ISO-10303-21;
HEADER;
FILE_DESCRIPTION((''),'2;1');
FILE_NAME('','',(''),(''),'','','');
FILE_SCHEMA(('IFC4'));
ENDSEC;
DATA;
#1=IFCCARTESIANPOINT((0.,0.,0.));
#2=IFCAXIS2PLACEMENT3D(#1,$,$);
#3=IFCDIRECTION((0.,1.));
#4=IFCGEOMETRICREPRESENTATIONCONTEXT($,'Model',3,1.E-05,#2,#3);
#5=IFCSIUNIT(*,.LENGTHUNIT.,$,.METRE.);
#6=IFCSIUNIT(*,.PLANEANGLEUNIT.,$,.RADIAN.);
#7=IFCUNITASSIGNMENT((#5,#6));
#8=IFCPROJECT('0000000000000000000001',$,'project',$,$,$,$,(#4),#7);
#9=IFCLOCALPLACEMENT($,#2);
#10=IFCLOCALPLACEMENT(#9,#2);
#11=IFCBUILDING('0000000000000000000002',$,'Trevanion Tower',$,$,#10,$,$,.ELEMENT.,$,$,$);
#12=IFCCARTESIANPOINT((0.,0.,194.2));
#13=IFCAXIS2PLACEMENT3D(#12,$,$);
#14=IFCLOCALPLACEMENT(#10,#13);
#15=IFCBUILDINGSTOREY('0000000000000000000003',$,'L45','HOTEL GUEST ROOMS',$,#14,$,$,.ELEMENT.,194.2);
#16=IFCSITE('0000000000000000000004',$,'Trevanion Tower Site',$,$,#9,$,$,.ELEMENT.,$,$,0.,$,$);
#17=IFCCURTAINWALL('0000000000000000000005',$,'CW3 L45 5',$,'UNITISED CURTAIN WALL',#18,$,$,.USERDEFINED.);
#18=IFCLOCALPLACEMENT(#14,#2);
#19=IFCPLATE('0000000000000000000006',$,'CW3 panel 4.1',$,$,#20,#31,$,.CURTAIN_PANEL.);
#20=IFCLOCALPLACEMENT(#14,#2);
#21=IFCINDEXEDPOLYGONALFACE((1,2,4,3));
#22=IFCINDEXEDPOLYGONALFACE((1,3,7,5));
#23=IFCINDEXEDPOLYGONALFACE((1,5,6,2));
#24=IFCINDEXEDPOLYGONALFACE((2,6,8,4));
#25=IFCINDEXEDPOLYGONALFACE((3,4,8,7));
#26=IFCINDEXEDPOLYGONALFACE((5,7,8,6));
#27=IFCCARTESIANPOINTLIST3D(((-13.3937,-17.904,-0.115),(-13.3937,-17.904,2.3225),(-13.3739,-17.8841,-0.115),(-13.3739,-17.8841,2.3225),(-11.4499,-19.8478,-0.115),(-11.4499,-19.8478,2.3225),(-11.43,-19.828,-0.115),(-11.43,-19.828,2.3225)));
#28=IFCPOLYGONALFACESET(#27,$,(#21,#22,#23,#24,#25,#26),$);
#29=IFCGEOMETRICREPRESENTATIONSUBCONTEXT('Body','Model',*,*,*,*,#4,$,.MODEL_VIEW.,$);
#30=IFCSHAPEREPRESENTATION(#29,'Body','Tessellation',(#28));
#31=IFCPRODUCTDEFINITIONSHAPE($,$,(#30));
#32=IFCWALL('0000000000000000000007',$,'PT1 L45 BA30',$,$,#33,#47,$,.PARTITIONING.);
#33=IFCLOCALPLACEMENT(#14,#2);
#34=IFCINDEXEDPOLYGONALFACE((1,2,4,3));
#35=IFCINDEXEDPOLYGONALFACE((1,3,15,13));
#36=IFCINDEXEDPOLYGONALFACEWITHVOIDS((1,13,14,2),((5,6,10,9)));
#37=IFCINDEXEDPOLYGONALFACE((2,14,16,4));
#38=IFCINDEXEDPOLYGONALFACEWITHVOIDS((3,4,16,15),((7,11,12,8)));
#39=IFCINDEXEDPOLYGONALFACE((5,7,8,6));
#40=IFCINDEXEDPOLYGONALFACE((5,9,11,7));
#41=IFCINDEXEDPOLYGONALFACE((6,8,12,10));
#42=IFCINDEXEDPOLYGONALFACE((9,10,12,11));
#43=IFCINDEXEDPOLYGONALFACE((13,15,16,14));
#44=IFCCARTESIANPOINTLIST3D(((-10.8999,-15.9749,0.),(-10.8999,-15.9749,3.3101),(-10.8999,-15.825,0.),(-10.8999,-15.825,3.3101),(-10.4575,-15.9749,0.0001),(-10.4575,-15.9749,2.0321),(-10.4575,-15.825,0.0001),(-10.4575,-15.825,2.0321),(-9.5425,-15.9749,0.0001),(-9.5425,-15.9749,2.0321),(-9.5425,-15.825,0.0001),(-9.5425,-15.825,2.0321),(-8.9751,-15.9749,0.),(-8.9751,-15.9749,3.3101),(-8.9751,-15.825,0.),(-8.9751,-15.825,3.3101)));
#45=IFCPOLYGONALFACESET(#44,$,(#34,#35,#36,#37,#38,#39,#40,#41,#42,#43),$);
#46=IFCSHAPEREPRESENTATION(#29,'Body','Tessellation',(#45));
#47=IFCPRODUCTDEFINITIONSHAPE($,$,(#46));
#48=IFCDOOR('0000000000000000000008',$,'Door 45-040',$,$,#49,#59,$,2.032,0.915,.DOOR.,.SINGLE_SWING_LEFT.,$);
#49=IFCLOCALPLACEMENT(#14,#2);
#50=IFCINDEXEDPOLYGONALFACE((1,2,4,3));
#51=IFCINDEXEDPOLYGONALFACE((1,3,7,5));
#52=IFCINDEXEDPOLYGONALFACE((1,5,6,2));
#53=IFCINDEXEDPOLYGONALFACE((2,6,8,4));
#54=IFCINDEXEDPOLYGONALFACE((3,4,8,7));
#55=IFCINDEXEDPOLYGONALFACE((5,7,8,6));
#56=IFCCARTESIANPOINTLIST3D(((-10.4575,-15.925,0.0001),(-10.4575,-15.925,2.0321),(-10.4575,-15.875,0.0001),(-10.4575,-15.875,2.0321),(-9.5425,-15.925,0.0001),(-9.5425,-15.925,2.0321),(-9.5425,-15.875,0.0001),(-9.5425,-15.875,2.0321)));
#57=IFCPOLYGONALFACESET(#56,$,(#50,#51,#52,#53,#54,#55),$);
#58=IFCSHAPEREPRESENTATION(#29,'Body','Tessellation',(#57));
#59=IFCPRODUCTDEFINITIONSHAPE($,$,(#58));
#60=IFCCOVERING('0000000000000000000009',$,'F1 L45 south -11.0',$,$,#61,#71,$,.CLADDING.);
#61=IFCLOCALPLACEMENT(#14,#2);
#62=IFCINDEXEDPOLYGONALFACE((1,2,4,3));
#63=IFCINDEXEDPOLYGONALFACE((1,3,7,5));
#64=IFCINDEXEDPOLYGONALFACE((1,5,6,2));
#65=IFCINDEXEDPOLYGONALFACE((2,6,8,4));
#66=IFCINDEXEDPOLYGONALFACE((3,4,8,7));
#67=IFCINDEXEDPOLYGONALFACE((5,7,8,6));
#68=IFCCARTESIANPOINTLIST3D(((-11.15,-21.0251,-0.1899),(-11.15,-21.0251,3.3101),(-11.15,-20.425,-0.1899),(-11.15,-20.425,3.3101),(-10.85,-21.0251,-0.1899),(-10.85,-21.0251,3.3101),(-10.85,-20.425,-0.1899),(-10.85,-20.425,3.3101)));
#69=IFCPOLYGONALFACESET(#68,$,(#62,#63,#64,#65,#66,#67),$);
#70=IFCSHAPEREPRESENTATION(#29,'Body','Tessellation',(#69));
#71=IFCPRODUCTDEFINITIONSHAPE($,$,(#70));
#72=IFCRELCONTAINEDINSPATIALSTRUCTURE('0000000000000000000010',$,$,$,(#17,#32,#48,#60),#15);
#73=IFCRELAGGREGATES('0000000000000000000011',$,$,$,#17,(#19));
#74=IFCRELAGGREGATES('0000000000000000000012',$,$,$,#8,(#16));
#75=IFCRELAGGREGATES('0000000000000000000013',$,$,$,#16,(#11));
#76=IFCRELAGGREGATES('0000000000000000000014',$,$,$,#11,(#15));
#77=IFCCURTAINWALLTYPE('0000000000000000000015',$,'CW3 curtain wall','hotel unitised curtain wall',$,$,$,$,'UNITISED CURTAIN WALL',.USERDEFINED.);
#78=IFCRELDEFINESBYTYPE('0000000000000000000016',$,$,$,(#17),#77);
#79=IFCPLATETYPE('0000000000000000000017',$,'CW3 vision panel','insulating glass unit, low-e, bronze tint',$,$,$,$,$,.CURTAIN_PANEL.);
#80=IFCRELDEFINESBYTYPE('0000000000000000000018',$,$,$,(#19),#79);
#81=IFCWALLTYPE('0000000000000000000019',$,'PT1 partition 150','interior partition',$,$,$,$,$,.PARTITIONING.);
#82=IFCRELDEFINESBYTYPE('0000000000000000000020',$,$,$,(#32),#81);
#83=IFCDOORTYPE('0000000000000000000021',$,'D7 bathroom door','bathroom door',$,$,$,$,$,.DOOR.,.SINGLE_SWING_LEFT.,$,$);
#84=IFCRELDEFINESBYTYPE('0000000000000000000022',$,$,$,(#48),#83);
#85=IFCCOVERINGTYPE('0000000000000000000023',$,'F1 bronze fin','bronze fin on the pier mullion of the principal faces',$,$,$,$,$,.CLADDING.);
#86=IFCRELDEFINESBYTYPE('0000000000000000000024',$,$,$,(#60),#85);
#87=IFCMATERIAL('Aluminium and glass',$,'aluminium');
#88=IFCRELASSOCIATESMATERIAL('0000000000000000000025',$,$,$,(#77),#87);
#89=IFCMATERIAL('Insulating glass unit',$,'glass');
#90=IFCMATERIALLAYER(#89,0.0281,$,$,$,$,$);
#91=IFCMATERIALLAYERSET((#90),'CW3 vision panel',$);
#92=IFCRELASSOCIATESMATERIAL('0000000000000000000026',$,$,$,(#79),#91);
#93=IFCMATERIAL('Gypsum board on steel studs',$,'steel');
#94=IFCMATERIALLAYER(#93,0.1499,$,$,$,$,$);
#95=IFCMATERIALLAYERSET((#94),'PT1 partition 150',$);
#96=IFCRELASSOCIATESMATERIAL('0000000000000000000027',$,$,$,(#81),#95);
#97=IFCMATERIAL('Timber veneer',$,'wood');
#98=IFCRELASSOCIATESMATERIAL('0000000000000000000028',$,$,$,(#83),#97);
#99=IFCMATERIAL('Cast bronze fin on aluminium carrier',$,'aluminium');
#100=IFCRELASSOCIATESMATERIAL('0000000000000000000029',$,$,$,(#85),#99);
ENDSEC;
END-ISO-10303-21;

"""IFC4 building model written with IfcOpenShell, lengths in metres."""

from ifc_helpers import new_model, si_unit, direction, frame, frame_2d, origin, origin_2d, place, context, subcontext, project, spatial, rectangle, extrude, material, layer, layer_set, type_object, element, fill, aggregate, save


model = new_model("IFC4")

# Units and contexts
model_context = context("Model", 3, precision=1e-05, world=origin(), true_north=direction((0.0, 1.0)))
body_context = subcontext(model_context, "Body", "Model", "MODEL_VIEW")
ifc_project = project(units=[si_unit("LENGTHUNIT", "METRE"), si_unit("PLANEANGLEUNIT", "RADIAN")], contexts=[model_context])

# Site, building, storey
site_placement = place(None, origin())
site = spatial("IfcSite", under=ifc_project, at=site_placement, Name="Trevanion Tower Site", CompositionType="ELEMENT", RefElevation=0.0)
building_placement = place(site_placement, origin())
building = spatial("IfcBuilding", under=site, at=building_placement, Name="Trevanion Tower", CompositionType="ELEMENT")
storey_placement = place(building_placement, frame((0.0, 0.0, 194.2)))
storey = spatial("IfcBuildingStorey", under=building, at=storey_placement, Name="L45", Description="HOTEL GUEST ROOMS", CompositionType="ELEMENT", Elevation=194.2)

# Curtain wall
ifc_material_1 = material(Name="Aluminium and glass", Category="aluminium")
curtain_wall_type = type_object("IfcCurtainWallType", Name="CW3 curtain wall", Description="hotel unitised curtain wall", ElementType="UNITISED CURTAIN WALL", PredefinedType="USERDEFINED", material=ifc_material_1)
curtain_wall_1_placement = place(storey_placement, origin())
curtain_wall_1 = element("IfcCurtainWall", 1, at=curtain_wall_1_placement, inside=storey, type_object=curtain_wall_type, Name="CW3 L45 5", ObjectType="UNITISED CURTAIN WALL", PredefinedType="USERDEFINED")

# Plate
ifc_material_2 = material(Name="Insulating glass unit", Category="glass")
ifc_layer_1 = layer(ifc_material_2, 0.0281)
ifc_layer_set_1 = layer_set([ifc_layer_1], Name="CW3 vision panel")
plate_type_1 = type_object("IfcPlateType", Name="CW3 vision panel", Description="insulating glass unit, low-e, bronze tint", PredefinedType="CURTAIN_PANEL", material=ifc_layer_set_1)
plate_1_placement = place(storey_placement, frame((-12.4119, -18.866, -0.115), z_axis=(0.0, 0.0, 1.0), x_axis=(0.707107, -0.707107, 0.0)))
plate_1 = element("IfcPlate", 2, at=plate_1_placement, type_object=plate_type_1, Name="CW3 panel 4.1", PredefinedType="CURTAIN_PANEL", context=body_context, shape_type="SweptSolid", body=[
    extrude(rectangle(XDim=2.749, YDim=0.0281, at=origin_2d()), origin(), (0.0, 0.0, 1.0), 2.4375),
])
aggregate(curtain_wall_1, [plate_1])

# Wall, opening, door
ifc_material_3 = material(Name="Gypsum board on steel studs", Category="steel")
ifc_layer_2 = layer(ifc_material_3, 0.1499)
ifc_layer_set_2 = layer_set([ifc_layer_2], Name="PT1 partition 150")
wall_type = type_object("IfcWallType", Name="PT1 partition 150", Description="interior partition", PredefinedType="PARTITIONING", material=ifc_layer_set_2)
wall_placement = place(storey_placement, frame((-10.8999, -15.8999, 0.0), z_axis=(0.0, 0.0, 1.0), x_axis=(1.0, 0.0, 0.0)))
wall = element("IfcWall", 3, at=wall_placement, inside=storey, type_object=wall_type, Name="PT1 L45 BA30", PredefinedType="PARTITIONING", context=body_context, shape_type="SweptSolid", body=[
    extrude(rectangle(XDim=1.9248, YDim=0.1499, at=frame_2d((0.9624, 0.0))), origin(), (0.0, 0.0, 1.0), 3.3101),
])
opening_placement = place(wall_placement, frame((0.4424, 0.0, 0.0)))
opening = element("IfcOpeningElement", 4, at=opening_placement, cuts=wall, PredefinedType="OPENING", context=body_context, shape_type="SweptSolid", body=[
    extrude(rectangle(XDim=0.915, YDim=2.032, at=frame_2d((0.4575, 1.0161))), frame((0.0, 0.085, 0.0), z_axis=(0.0, -1.0, 0.0), x_axis=(1.0, 0.0, 0.0)), (0.0, 0.0, 1.0), 0.1699),
])
ifc_material_4 = material(Name="Timber veneer", Category="wood")
door_type = type_object("IfcDoorType", Name="D7 bathroom door", Description="bathroom door", OperationType="SINGLE_SWING_LEFT", PredefinedType="DOOR", material=ifc_material_4)
door_placement = place(opening_placement, origin())
door = element("IfcDoor", 5, at=door_placement, inside=storey, type_object=door_type, Name="Door 45-040", OperationType="SINGLE_SWING_LEFT", OverallHeight=2.032, OverallWidth=0.915, PredefinedType="DOOR", context=body_context, shape_type="SweptSolid", body=[
    extrude(rectangle(XDim=0.915, YDim=2.032, at=frame_2d((0.4575, 1.0161))), frame((0.0, 0.0249, 0.0), z_axis=(0.0, -1.0, 0.0), x_axis=(1.0, 0.0, 0.0)), (0.0, 0.0, 1.0), 0.05),
])
fill(opening, door)

# Covering
ifc_material_5 = material(Name="Cast bronze fin on aluminium carrier", Category="aluminium")
covering_type = type_object("IfcCoveringType", Name="F1 bronze fin", Description="bronze fin on the pier mullion of the principal faces", PredefinedType="CLADDING", material=ifc_material_5)
covering_placement = place(storey_placement, frame((-11.0, -20.7251, -0.1899), z_axis=(0.0, 0.0, 1.0), x_axis=(1.0, 0.0, 0.0)))
element("IfcCovering", 6, at=covering_placement, inside=storey, type_object=covering_type, Name="F1 L45 south -11.0", PredefinedType="CLADDING", context=body_context, shape_type="SweptSolid", body=[
    extrude(rectangle(XDim=0.3, YDim=0.6001, at=origin_2d()), origin(), (0.0, 0.0, 1.0), 3.5),
])

save(model, "model.ifc")
